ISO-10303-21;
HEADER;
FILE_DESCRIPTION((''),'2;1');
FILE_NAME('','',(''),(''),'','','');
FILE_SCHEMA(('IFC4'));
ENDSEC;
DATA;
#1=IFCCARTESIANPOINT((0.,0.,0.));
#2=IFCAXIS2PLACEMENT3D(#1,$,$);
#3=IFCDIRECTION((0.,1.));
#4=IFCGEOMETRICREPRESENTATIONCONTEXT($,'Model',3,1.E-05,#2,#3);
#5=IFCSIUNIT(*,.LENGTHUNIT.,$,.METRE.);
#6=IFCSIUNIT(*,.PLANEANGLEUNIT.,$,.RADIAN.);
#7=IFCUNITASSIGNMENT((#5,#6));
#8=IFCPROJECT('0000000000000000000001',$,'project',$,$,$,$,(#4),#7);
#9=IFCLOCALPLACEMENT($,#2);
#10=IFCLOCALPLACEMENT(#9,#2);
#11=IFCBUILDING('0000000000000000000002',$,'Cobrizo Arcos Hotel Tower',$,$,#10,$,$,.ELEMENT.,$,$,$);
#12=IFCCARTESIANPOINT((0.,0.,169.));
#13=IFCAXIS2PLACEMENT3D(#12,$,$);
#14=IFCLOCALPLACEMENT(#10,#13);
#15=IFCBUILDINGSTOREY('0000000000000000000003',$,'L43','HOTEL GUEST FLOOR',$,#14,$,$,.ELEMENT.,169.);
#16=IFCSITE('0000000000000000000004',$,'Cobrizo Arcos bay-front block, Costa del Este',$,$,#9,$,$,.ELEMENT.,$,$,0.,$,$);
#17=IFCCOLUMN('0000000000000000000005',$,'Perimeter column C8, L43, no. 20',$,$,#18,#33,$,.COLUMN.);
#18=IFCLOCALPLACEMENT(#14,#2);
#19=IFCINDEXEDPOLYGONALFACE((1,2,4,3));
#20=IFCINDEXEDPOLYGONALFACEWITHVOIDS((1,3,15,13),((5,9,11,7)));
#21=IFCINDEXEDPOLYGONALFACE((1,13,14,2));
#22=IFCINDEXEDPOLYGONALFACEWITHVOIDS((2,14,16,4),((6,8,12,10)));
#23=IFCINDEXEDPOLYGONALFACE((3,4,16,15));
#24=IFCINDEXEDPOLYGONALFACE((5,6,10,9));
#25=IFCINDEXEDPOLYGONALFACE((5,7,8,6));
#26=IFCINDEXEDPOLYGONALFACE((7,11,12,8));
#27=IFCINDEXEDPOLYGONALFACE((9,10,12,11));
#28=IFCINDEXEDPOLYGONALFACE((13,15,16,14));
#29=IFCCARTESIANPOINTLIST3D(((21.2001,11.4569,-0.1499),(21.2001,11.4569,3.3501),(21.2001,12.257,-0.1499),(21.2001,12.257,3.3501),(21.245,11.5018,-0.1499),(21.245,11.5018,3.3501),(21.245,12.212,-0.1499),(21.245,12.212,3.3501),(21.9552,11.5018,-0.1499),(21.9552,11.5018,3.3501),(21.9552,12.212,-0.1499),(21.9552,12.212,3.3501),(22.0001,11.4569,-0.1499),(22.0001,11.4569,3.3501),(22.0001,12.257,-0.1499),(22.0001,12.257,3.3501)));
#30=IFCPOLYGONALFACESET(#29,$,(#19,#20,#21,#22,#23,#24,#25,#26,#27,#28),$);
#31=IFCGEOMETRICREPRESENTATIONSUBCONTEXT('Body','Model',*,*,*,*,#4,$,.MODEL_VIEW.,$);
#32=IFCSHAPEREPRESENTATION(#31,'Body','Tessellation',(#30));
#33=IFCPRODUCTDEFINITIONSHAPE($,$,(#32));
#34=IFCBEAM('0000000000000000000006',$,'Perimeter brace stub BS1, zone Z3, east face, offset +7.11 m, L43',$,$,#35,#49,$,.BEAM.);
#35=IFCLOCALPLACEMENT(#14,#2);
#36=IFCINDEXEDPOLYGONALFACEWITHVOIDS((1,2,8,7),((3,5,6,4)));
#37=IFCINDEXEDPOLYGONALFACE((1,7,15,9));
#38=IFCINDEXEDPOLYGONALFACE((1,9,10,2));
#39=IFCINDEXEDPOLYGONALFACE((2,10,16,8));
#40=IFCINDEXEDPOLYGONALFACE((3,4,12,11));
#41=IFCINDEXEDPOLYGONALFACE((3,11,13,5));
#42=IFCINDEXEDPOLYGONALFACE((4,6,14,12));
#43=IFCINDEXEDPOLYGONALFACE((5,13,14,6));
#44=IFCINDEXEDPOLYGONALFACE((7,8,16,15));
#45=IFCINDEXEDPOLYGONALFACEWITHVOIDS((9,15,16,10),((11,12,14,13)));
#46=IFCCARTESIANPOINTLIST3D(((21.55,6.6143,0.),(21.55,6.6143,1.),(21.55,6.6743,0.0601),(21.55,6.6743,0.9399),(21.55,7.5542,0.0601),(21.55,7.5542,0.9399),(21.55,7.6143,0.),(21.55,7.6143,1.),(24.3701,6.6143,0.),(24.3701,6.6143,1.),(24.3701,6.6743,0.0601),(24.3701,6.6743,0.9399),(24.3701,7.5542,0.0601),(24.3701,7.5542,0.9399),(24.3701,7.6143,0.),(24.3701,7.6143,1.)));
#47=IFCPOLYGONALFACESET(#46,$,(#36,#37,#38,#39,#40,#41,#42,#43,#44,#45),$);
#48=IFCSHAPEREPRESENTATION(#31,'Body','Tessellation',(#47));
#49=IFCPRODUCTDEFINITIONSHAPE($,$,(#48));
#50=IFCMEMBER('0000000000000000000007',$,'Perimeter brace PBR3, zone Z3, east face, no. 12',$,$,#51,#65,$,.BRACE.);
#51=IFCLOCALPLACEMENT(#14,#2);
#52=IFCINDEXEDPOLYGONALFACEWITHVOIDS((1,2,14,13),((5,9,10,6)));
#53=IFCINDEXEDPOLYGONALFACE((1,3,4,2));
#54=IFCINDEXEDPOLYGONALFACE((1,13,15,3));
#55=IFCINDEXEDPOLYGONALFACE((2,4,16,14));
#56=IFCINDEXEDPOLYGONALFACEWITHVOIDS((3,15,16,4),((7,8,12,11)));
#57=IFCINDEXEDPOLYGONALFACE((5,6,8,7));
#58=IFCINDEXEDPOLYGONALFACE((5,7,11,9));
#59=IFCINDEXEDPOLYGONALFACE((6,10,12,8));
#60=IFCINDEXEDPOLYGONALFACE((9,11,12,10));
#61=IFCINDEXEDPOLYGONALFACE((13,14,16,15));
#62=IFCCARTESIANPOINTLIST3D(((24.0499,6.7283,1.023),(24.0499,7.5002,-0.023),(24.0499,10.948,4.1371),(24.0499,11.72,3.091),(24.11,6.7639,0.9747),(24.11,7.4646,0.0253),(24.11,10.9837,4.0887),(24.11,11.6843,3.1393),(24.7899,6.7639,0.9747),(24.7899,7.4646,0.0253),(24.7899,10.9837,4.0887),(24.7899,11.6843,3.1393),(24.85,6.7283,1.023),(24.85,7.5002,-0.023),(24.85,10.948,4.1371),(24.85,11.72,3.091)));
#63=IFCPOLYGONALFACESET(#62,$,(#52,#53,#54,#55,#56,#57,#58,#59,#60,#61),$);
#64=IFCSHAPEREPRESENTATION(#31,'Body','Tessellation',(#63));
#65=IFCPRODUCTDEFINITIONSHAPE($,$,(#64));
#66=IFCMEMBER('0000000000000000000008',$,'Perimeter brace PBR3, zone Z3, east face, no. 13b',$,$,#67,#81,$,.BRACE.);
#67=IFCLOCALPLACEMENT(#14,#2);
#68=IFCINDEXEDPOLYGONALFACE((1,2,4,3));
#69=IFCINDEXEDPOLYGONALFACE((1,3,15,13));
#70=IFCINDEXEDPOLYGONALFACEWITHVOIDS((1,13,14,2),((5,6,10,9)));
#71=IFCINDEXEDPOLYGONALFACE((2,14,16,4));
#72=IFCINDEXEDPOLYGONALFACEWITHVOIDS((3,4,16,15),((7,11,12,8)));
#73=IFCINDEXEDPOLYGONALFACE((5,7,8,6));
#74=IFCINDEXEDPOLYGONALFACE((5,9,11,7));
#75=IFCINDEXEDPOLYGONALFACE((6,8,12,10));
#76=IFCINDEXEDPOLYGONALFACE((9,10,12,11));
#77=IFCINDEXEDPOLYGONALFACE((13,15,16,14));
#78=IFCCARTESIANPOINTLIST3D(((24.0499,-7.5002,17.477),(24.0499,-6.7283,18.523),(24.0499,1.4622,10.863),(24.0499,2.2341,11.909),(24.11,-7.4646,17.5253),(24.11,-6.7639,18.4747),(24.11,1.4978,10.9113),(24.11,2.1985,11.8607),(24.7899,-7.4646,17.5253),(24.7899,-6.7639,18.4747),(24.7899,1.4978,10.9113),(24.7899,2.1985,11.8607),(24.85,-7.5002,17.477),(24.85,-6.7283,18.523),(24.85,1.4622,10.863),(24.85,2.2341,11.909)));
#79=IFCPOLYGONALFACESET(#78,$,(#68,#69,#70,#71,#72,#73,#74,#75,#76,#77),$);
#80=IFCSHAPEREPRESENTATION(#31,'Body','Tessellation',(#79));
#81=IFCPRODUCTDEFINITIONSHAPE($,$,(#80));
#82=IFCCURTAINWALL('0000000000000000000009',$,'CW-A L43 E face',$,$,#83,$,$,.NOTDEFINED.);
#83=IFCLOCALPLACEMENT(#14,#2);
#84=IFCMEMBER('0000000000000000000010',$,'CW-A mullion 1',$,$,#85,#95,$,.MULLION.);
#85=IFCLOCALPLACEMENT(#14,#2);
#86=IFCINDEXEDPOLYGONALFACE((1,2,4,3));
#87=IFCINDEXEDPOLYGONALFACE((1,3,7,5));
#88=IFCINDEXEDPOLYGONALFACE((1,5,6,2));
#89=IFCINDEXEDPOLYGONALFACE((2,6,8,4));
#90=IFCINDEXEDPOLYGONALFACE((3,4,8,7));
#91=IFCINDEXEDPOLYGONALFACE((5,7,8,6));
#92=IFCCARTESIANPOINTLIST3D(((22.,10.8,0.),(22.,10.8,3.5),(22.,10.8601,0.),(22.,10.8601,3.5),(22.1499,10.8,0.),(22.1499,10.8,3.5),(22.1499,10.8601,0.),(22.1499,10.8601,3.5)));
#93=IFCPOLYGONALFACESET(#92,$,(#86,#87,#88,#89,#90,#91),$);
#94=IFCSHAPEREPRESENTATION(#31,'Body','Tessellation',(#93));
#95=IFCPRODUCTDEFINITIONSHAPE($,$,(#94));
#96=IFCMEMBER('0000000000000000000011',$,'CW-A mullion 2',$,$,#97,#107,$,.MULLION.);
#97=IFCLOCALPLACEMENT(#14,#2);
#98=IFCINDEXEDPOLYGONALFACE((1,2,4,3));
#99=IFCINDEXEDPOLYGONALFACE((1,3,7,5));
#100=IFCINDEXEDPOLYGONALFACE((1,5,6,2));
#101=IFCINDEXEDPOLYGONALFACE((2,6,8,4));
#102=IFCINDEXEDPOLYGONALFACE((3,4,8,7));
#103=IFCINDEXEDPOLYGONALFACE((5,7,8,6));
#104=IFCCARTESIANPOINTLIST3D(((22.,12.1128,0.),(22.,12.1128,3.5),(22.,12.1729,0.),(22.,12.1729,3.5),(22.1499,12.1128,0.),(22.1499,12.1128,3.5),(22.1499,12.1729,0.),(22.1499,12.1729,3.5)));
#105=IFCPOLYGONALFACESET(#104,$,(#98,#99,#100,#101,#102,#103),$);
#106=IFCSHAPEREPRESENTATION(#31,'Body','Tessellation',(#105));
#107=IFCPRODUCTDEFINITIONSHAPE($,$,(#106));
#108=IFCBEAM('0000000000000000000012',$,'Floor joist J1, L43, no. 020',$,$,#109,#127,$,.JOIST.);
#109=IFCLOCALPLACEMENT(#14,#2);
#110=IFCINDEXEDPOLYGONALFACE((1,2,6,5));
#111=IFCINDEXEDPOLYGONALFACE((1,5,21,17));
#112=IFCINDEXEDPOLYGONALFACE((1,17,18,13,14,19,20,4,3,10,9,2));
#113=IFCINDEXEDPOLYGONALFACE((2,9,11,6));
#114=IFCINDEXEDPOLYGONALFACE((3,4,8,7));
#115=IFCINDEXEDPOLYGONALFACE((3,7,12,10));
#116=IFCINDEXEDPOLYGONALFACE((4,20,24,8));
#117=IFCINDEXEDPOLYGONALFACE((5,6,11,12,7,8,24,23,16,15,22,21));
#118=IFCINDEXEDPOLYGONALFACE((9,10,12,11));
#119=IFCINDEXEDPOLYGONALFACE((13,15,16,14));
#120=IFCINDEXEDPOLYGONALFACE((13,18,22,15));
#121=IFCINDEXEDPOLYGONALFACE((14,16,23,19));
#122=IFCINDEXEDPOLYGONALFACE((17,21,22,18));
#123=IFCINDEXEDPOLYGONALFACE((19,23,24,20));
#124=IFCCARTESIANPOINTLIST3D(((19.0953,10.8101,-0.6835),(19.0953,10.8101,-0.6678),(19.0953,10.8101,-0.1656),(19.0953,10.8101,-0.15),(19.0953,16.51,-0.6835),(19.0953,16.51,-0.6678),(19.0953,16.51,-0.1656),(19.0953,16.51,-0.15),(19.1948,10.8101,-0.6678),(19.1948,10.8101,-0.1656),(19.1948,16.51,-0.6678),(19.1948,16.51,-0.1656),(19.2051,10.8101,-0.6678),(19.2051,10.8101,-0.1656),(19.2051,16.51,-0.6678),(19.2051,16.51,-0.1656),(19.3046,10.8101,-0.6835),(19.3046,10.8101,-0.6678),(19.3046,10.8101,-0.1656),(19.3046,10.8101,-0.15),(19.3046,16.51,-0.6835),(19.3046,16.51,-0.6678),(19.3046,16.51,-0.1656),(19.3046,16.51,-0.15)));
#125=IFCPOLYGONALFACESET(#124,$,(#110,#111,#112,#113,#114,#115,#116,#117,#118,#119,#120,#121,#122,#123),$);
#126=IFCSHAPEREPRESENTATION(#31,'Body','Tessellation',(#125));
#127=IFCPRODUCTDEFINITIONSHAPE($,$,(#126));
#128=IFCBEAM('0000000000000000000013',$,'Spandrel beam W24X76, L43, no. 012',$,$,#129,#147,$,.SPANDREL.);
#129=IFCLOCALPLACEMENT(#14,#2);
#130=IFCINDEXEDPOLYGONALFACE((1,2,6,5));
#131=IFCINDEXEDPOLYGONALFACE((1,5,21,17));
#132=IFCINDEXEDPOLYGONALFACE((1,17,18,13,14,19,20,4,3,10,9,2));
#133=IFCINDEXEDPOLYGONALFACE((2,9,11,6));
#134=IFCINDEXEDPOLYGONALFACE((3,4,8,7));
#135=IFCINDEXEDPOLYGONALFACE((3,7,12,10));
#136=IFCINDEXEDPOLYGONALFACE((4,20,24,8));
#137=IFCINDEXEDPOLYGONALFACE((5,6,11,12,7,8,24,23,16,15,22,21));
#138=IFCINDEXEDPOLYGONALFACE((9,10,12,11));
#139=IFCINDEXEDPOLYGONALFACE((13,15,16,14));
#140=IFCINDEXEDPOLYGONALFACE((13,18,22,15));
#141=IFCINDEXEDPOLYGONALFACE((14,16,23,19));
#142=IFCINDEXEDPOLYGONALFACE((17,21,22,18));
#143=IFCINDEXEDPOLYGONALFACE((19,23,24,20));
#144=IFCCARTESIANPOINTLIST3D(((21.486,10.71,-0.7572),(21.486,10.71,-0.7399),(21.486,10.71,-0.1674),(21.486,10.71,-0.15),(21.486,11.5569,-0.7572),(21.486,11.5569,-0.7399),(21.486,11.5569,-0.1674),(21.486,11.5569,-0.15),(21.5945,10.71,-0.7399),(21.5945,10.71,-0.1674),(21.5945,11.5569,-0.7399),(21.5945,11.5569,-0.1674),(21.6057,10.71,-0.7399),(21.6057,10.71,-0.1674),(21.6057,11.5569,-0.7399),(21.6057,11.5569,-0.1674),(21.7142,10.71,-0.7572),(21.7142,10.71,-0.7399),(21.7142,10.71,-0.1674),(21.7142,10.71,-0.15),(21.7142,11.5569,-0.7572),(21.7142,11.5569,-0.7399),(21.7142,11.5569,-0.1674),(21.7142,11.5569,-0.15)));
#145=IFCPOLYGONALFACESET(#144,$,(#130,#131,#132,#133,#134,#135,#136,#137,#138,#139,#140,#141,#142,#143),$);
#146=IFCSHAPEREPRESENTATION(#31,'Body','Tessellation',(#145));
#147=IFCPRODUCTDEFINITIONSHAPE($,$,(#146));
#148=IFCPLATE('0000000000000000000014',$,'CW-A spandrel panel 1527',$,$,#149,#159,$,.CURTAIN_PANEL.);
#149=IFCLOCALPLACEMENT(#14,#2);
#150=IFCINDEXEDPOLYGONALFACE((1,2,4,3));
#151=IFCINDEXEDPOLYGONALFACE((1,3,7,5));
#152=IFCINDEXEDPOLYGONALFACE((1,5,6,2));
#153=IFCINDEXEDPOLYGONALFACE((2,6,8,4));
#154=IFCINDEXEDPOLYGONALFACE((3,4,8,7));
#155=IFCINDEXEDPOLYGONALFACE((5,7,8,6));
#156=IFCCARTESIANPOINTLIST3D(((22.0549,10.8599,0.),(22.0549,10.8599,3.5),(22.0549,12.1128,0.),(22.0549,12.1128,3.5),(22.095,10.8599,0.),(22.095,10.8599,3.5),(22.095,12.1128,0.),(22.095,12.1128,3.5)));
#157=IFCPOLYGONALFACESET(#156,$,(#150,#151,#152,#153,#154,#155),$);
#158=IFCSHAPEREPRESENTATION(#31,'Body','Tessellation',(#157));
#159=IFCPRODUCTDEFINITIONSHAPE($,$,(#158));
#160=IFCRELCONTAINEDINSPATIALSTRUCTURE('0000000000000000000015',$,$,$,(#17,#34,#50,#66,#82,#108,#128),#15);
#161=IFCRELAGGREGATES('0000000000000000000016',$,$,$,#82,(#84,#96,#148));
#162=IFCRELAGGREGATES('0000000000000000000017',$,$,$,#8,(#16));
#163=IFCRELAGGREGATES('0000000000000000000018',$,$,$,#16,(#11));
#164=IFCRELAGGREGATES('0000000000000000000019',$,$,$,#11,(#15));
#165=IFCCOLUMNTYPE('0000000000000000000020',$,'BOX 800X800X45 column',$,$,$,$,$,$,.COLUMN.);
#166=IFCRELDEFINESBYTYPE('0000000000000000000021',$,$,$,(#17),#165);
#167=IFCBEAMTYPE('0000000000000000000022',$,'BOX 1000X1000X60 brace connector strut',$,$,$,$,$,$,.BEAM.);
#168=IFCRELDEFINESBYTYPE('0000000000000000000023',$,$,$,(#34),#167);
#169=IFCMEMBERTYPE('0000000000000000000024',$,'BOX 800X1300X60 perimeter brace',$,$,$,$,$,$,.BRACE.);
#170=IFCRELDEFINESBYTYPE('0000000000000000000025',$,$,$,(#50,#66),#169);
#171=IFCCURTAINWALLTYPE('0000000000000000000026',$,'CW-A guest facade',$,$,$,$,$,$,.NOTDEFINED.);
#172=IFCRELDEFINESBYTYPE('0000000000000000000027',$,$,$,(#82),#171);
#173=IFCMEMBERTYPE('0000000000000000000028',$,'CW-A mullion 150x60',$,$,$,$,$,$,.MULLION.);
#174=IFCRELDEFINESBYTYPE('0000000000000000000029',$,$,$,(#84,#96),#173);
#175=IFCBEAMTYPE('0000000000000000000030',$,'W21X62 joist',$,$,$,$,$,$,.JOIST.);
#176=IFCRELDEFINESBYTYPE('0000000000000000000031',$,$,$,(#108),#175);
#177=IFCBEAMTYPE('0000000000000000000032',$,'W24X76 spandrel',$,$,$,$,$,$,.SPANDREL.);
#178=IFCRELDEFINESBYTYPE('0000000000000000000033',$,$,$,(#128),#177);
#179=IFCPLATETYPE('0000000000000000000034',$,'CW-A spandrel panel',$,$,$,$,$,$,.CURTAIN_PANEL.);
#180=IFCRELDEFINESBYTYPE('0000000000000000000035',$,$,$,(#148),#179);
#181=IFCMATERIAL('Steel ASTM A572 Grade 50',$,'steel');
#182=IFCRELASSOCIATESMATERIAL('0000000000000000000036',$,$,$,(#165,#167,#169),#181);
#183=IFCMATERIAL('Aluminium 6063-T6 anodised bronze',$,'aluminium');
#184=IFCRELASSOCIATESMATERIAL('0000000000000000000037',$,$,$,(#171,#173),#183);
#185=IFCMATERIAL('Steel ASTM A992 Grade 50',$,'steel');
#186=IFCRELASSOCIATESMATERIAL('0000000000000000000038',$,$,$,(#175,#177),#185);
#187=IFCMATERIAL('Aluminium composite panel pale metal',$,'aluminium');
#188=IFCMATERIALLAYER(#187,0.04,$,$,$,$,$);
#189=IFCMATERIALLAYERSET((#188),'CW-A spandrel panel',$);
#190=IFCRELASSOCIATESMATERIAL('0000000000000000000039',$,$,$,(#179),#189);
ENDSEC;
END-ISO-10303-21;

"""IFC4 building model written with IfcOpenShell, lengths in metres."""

from ifc_helpers import new_model, si_unit, direction, frame, origin, origin_2d, place, context, subcontext, project, spatial, rectangle, hollow_rectangle, i_section, extrude, material, layer, layer_set, material_profile, profile_set, type_object, element, aggregate, save


model = new_model("IFC4")

# Units and contexts
model_context = context("Model", 3, precision=1e-05, world=origin(), true_north=direction((0.0, 1.0)))
body_context = subcontext(model_context, "Body", "Model", "MODEL_VIEW")
ifc_project = project(units=[si_unit("LENGTHUNIT", "METRE"), si_unit("PLANEANGLEUNIT", "RADIAN")], contexts=[model_context])

# Site, building, storey
site_placement = place(None, origin())
site = spatial("IfcSite", under=ifc_project, at=site_placement, Name="Cobrizo Arcos bay-front block, Costa del Este", CompositionType="ELEMENT", RefElevation=0.0)
building_placement = place(site_placement, origin())
building = spatial("IfcBuilding", under=site, at=building_placement, Name="Cobrizo Arcos Hotel Tower", CompositionType="ELEMENT")
storey_placement = place(building_placement, frame((0.0, 0.0, 169.0)))
storey = spatial("IfcBuildingStorey", under=building, at=storey_placement, Name="L43", Description="HOTEL GUEST FLOOR", CompositionType="ELEMENT", Elevation=169.0)

# Column
ifc_material_1 = material(Name="Steel ASTM A572 Grade 50", Category="steel")
ifc_material_profile_1 = material_profile(ifc_material_1, hollow_rectangle(XDim=0.8, YDim=0.8, WallThickness=0.0449, at=origin_2d()), Name="BOX 800X800X45")
ifc_profile_set_1 = profile_set([ifc_material_profile_1], Name="Steel ASTM A572 Grade 50")
column_type = type_object("IfcColumnType", Name="BOX 800X800X45 column", PredefinedType="COLUMN", material=ifc_profile_set_1)
column_placement = place(storey_placement, frame((21.6001, 11.8569, -0.1499), z_axis=(0.0, 0.0, 1.0), x_axis=(1.0, 0.0, 0.0)))
element("IfcColumn", 1, at=column_placement, inside=storey, type_object=column_type, Name="Perimeter column C8, L43, no. 20", PredefinedType="COLUMN", context=body_context, shape_type="SweptSolid", body=[
    extrude(hollow_rectangle(XDim=0.8, YDim=0.8, WallThickness=0.0449, at=origin_2d()), origin(), (0.0, 0.0, 1.0), 3.5),
])

# Beam
ifc_material_profile_2 = material_profile(ifc_material_1, hollow_rectangle(XDim=1.0, YDim=1.0, WallThickness=0.0601, at=origin_2d()), Name="BOX 1000X1000X60")
ifc_profile_set_2 = profile_set([ifc_material_profile_2], Name="Steel ASTM A572 Grade 50")
beam_type_1 = type_object("IfcBeamType", Name="BOX 1000X1000X60 brace connector strut", PredefinedType="BEAM", material=ifc_profile_set_2)
beam_1_placement = place(storey_placement, frame((21.55, 7.1143, 0.5), z_axis=(1.0, 0.0, 0.0), x_axis=(0.0, 1.0, 0.0)))
element("IfcBeam", 2, at=beam_1_placement, inside=storey, type_object=beam_type_1, Name="Perimeter brace stub BS1, zone Z3, east face, offset +7.11 m, L43", PredefinedType="BEAM", context=body_context, shape_type="SweptSolid", body=[
    extrude(hollow_rectangle(XDim=1.0, YDim=1.0, WallThickness=0.0601, at=origin_2d()), origin(), (0.0, 0.0, 1.0), 2.8201),
])

# Members
ifc_material_profile_3 = material_profile(ifc_material_1, hollow_rectangle(XDim=0.8, YDim=1.3, WallThickness=0.0601, at=origin_2d()), Name="BOX 800X1300X60")
ifc_profile_set_3 = profile_set([ifc_material_profile_3], Name="Steel ASTM A572 Grade 50")
member_type_1 = type_object("IfcMemberType", Name="BOX 800X1300X60 perimeter brace", PredefinedType="BRACE", material=ifc_profile_set_3)
member_1_placement = place(storey_placement, frame((24.45, 7.1143, 0.5), z_axis=(0.0, 0.804624, 0.593785), x_axis=(-1.0, 0.0, 0.0)))
element("IfcMember", 3, at=member_1_placement, inside=storey, type_object=member_type_1, Name="Perimeter brace PBR3, zone Z3, east face, no. 12", PredefinedType="BRACE", context=body_context, shape_type="SweptSolid", body=[
    extrude(hollow_rectangle(XDim=0.8, YDim=1.3, WallThickness=0.0601, at=origin_2d()), origin(), (0.0, 0.0, 1.0), 5.2444),
])
member_2_placement = place(storey_placement, frame((24.45, 1.8481, 11.386), z_axis=(0.0, -0.804621, 0.593789), x_axis=(1.0, 0.0, 0.0)))
element("IfcMember", 4, at=member_2_placement, inside=storey, type_object=member_type_1, Name="Perimeter brace PBR3, zone Z3, east face, no. 13b", PredefinedType="BRACE", context=body_context, shape_type="SweptSolid", body=[
    extrude(hollow_rectangle(XDim=0.8, YDim=1.3, WallThickness=0.0601, at=origin_2d()), origin(), (0.0, 0.0, 1.0), 11.1387),
])

# Curtain wall, members
ifc_material_2 = material(Name="Aluminium 6063-T6 anodised bronze", Category="aluminium")
curtain_wall_type = type_object("IfcCurtainWallType", Name="CW-A guest facade", PredefinedType="NOTDEFINED", material=ifc_material_2)
curtain_wall_placement = place(storey_placement, origin())
curtain_wall = element("IfcCurtainWall", 5, at=curtain_wall_placement, inside=storey, type_object=curtain_wall_type, Name="CW-A L43 E face", PredefinedType="NOTDEFINED")
ifc_material_profile_4 = material_profile(ifc_material_2, rectangle(XDim=0.1499, YDim=0.0601, at=origin_2d()), Name="CW-A mullion 150x60")
ifc_profile_set_4 = profile_set([ifc_material_profile_4], Name="Aluminium 6063-T6 anodised bronze")
member_type_2 = type_object("IfcMemberType", Name="CW-A mullion 150x60", PredefinedType="MULLION", material=ifc_profile_set_4)
member_3_placement = place(storey_placement, frame((22.075, 10.8301, 0.0), z_axis=(0.0, 0.0, 1.0), x_axis=(1.0, 0.0, 0.0)))
member_3 = element("IfcMember", 6, at=member_3_placement, type_object=member_type_2, Name="CW-A mullion 1", PredefinedType="MULLION", context=body_context, shape_type="SweptSolid", body=[
    extrude(rectangle(XDim=0.1499, YDim=0.0601, at=origin_2d()), origin(), (0.0, 0.0, 1.0), 3.5),
])
member_4_placement = place(storey_placement, frame((22.075, 12.1428, 0.0), z_axis=(0.0, 0.0, 1.0), x_axis=(1.0, 0.0, 0.0)))
member_4 = element("IfcMember", 7, at=member_4_placement, type_object=member_type_2, Name="CW-A mullion 2", PredefinedType="MULLION", context=body_context, shape_type="SweptSolid", body=[
    extrude(rectangle(XDim=0.1499, YDim=0.0601, at=origin_2d()), origin(), (0.0, 0.0, 1.0), 3.5),
])

# Beams
ifc_material_3 = material(Name="Steel ASTM A992 Grade 50", Category="steel")
ifc_material_profile_5 = material_profile(ifc_material_3, i_section(OverallWidth=0.2092, OverallDepth=0.5334, WebThickness=0.0103, FlangeThickness=0.0156, at=origin_2d()), Name="W21X62")
ifc_profile_set_5 = profile_set([ifc_material_profile_5], Name="Steel ASTM A992 Grade 50")
beam_type_2 = type_object("IfcBeamType", Name="W21X62 joist", PredefinedType="JOIST", material=ifc_profile_set_5)
beam_2_placement = place(storey_placement, frame((19.2, 10.8101, -0.4167), z_axis=(0.0, 1.0, 0.0), x_axis=(-1.0, 0.0, 0.0)))
element("IfcBeam", 8, at=beam_2_placement, inside=storey, type_object=beam_type_2, Name="Floor joist J1, L43, no. 020", PredefinedType="JOIST", context=body_context, shape_type="SweptSolid", body=[
    extrude(i_section(OverallWidth=0.2092, OverallDepth=0.5334, WebThickness=0.0103, FlangeThickness=0.0156, at=origin_2d()), origin(), (0.0, 0.0, 1.0), 5.7),
])
ifc_material_profile_6 = material_profile(ifc_material_3, i_section(OverallWidth=0.2283, OverallDepth=0.6072, WebThickness=0.0112, FlangeThickness=0.0173, at=origin_2d()), Name="W24X76")
ifc_profile_set_6 = profile_set([ifc_material_profile_6], Name="Steel ASTM A992 Grade 50")
beam_type_3 = type_object("IfcBeamType", Name="W24X76 spandrel", PredefinedType="SPANDREL", material=ifc_profile_set_6)
beam_3_placement = place(storey_placement, frame((21.6001, 10.71, -0.4536), z_axis=(0.0, 1.0, 0.0), x_axis=(-1.0, 0.0, 0.0)))
element("IfcBeam", 9, at=beam_3_placement, inside=storey, type_object=beam_type_3, Name="Spandrel beam W24X76, L43, no. 012", PredefinedType="SPANDREL", context=body_context, shape_type="SweptSolid", body=[
    extrude(i_section(OverallWidth=0.2283, OverallDepth=0.6072, WebThickness=0.0112, FlangeThickness=0.0173, at=origin_2d()), origin(), (0.0, 0.0, 1.0), 0.8469),
])

# Plate
ifc_material_4 = material(Name="Aluminium composite panel pale metal", Category="aluminium")
ifc_layer_1 = layer(ifc_material_4, 0.04)
ifc_layer_set_1 = layer_set([ifc_layer_1], Name="CW-A spandrel panel")
plate_type = type_object("IfcPlateType", Name="CW-A spandrel panel", PredefinedType="CURTAIN_PANEL", material=ifc_layer_set_1)
plate_placement = place(storey_placement, frame((22.075, 11.4863, 0.0), z_axis=(0.0, 0.0, 1.0), x_axis=(0.0, 1.0, 0.0)))
plate = element("IfcPlate", 10, at=plate_placement, type_object=plate_type, Name="CW-A spandrel panel 1527", PredefinedType="CURTAIN_PANEL", context=body_context, shape_type="SweptSolid", body=[
    extrude(rectangle(XDim=1.2529, YDim=0.04, at=origin_2d()), origin(), (0.0, 0.0, 1.0), 3.5),
])
aggregate(curtain_wall, [member_3, member_4, plate])

save(model, "model.ifc")
